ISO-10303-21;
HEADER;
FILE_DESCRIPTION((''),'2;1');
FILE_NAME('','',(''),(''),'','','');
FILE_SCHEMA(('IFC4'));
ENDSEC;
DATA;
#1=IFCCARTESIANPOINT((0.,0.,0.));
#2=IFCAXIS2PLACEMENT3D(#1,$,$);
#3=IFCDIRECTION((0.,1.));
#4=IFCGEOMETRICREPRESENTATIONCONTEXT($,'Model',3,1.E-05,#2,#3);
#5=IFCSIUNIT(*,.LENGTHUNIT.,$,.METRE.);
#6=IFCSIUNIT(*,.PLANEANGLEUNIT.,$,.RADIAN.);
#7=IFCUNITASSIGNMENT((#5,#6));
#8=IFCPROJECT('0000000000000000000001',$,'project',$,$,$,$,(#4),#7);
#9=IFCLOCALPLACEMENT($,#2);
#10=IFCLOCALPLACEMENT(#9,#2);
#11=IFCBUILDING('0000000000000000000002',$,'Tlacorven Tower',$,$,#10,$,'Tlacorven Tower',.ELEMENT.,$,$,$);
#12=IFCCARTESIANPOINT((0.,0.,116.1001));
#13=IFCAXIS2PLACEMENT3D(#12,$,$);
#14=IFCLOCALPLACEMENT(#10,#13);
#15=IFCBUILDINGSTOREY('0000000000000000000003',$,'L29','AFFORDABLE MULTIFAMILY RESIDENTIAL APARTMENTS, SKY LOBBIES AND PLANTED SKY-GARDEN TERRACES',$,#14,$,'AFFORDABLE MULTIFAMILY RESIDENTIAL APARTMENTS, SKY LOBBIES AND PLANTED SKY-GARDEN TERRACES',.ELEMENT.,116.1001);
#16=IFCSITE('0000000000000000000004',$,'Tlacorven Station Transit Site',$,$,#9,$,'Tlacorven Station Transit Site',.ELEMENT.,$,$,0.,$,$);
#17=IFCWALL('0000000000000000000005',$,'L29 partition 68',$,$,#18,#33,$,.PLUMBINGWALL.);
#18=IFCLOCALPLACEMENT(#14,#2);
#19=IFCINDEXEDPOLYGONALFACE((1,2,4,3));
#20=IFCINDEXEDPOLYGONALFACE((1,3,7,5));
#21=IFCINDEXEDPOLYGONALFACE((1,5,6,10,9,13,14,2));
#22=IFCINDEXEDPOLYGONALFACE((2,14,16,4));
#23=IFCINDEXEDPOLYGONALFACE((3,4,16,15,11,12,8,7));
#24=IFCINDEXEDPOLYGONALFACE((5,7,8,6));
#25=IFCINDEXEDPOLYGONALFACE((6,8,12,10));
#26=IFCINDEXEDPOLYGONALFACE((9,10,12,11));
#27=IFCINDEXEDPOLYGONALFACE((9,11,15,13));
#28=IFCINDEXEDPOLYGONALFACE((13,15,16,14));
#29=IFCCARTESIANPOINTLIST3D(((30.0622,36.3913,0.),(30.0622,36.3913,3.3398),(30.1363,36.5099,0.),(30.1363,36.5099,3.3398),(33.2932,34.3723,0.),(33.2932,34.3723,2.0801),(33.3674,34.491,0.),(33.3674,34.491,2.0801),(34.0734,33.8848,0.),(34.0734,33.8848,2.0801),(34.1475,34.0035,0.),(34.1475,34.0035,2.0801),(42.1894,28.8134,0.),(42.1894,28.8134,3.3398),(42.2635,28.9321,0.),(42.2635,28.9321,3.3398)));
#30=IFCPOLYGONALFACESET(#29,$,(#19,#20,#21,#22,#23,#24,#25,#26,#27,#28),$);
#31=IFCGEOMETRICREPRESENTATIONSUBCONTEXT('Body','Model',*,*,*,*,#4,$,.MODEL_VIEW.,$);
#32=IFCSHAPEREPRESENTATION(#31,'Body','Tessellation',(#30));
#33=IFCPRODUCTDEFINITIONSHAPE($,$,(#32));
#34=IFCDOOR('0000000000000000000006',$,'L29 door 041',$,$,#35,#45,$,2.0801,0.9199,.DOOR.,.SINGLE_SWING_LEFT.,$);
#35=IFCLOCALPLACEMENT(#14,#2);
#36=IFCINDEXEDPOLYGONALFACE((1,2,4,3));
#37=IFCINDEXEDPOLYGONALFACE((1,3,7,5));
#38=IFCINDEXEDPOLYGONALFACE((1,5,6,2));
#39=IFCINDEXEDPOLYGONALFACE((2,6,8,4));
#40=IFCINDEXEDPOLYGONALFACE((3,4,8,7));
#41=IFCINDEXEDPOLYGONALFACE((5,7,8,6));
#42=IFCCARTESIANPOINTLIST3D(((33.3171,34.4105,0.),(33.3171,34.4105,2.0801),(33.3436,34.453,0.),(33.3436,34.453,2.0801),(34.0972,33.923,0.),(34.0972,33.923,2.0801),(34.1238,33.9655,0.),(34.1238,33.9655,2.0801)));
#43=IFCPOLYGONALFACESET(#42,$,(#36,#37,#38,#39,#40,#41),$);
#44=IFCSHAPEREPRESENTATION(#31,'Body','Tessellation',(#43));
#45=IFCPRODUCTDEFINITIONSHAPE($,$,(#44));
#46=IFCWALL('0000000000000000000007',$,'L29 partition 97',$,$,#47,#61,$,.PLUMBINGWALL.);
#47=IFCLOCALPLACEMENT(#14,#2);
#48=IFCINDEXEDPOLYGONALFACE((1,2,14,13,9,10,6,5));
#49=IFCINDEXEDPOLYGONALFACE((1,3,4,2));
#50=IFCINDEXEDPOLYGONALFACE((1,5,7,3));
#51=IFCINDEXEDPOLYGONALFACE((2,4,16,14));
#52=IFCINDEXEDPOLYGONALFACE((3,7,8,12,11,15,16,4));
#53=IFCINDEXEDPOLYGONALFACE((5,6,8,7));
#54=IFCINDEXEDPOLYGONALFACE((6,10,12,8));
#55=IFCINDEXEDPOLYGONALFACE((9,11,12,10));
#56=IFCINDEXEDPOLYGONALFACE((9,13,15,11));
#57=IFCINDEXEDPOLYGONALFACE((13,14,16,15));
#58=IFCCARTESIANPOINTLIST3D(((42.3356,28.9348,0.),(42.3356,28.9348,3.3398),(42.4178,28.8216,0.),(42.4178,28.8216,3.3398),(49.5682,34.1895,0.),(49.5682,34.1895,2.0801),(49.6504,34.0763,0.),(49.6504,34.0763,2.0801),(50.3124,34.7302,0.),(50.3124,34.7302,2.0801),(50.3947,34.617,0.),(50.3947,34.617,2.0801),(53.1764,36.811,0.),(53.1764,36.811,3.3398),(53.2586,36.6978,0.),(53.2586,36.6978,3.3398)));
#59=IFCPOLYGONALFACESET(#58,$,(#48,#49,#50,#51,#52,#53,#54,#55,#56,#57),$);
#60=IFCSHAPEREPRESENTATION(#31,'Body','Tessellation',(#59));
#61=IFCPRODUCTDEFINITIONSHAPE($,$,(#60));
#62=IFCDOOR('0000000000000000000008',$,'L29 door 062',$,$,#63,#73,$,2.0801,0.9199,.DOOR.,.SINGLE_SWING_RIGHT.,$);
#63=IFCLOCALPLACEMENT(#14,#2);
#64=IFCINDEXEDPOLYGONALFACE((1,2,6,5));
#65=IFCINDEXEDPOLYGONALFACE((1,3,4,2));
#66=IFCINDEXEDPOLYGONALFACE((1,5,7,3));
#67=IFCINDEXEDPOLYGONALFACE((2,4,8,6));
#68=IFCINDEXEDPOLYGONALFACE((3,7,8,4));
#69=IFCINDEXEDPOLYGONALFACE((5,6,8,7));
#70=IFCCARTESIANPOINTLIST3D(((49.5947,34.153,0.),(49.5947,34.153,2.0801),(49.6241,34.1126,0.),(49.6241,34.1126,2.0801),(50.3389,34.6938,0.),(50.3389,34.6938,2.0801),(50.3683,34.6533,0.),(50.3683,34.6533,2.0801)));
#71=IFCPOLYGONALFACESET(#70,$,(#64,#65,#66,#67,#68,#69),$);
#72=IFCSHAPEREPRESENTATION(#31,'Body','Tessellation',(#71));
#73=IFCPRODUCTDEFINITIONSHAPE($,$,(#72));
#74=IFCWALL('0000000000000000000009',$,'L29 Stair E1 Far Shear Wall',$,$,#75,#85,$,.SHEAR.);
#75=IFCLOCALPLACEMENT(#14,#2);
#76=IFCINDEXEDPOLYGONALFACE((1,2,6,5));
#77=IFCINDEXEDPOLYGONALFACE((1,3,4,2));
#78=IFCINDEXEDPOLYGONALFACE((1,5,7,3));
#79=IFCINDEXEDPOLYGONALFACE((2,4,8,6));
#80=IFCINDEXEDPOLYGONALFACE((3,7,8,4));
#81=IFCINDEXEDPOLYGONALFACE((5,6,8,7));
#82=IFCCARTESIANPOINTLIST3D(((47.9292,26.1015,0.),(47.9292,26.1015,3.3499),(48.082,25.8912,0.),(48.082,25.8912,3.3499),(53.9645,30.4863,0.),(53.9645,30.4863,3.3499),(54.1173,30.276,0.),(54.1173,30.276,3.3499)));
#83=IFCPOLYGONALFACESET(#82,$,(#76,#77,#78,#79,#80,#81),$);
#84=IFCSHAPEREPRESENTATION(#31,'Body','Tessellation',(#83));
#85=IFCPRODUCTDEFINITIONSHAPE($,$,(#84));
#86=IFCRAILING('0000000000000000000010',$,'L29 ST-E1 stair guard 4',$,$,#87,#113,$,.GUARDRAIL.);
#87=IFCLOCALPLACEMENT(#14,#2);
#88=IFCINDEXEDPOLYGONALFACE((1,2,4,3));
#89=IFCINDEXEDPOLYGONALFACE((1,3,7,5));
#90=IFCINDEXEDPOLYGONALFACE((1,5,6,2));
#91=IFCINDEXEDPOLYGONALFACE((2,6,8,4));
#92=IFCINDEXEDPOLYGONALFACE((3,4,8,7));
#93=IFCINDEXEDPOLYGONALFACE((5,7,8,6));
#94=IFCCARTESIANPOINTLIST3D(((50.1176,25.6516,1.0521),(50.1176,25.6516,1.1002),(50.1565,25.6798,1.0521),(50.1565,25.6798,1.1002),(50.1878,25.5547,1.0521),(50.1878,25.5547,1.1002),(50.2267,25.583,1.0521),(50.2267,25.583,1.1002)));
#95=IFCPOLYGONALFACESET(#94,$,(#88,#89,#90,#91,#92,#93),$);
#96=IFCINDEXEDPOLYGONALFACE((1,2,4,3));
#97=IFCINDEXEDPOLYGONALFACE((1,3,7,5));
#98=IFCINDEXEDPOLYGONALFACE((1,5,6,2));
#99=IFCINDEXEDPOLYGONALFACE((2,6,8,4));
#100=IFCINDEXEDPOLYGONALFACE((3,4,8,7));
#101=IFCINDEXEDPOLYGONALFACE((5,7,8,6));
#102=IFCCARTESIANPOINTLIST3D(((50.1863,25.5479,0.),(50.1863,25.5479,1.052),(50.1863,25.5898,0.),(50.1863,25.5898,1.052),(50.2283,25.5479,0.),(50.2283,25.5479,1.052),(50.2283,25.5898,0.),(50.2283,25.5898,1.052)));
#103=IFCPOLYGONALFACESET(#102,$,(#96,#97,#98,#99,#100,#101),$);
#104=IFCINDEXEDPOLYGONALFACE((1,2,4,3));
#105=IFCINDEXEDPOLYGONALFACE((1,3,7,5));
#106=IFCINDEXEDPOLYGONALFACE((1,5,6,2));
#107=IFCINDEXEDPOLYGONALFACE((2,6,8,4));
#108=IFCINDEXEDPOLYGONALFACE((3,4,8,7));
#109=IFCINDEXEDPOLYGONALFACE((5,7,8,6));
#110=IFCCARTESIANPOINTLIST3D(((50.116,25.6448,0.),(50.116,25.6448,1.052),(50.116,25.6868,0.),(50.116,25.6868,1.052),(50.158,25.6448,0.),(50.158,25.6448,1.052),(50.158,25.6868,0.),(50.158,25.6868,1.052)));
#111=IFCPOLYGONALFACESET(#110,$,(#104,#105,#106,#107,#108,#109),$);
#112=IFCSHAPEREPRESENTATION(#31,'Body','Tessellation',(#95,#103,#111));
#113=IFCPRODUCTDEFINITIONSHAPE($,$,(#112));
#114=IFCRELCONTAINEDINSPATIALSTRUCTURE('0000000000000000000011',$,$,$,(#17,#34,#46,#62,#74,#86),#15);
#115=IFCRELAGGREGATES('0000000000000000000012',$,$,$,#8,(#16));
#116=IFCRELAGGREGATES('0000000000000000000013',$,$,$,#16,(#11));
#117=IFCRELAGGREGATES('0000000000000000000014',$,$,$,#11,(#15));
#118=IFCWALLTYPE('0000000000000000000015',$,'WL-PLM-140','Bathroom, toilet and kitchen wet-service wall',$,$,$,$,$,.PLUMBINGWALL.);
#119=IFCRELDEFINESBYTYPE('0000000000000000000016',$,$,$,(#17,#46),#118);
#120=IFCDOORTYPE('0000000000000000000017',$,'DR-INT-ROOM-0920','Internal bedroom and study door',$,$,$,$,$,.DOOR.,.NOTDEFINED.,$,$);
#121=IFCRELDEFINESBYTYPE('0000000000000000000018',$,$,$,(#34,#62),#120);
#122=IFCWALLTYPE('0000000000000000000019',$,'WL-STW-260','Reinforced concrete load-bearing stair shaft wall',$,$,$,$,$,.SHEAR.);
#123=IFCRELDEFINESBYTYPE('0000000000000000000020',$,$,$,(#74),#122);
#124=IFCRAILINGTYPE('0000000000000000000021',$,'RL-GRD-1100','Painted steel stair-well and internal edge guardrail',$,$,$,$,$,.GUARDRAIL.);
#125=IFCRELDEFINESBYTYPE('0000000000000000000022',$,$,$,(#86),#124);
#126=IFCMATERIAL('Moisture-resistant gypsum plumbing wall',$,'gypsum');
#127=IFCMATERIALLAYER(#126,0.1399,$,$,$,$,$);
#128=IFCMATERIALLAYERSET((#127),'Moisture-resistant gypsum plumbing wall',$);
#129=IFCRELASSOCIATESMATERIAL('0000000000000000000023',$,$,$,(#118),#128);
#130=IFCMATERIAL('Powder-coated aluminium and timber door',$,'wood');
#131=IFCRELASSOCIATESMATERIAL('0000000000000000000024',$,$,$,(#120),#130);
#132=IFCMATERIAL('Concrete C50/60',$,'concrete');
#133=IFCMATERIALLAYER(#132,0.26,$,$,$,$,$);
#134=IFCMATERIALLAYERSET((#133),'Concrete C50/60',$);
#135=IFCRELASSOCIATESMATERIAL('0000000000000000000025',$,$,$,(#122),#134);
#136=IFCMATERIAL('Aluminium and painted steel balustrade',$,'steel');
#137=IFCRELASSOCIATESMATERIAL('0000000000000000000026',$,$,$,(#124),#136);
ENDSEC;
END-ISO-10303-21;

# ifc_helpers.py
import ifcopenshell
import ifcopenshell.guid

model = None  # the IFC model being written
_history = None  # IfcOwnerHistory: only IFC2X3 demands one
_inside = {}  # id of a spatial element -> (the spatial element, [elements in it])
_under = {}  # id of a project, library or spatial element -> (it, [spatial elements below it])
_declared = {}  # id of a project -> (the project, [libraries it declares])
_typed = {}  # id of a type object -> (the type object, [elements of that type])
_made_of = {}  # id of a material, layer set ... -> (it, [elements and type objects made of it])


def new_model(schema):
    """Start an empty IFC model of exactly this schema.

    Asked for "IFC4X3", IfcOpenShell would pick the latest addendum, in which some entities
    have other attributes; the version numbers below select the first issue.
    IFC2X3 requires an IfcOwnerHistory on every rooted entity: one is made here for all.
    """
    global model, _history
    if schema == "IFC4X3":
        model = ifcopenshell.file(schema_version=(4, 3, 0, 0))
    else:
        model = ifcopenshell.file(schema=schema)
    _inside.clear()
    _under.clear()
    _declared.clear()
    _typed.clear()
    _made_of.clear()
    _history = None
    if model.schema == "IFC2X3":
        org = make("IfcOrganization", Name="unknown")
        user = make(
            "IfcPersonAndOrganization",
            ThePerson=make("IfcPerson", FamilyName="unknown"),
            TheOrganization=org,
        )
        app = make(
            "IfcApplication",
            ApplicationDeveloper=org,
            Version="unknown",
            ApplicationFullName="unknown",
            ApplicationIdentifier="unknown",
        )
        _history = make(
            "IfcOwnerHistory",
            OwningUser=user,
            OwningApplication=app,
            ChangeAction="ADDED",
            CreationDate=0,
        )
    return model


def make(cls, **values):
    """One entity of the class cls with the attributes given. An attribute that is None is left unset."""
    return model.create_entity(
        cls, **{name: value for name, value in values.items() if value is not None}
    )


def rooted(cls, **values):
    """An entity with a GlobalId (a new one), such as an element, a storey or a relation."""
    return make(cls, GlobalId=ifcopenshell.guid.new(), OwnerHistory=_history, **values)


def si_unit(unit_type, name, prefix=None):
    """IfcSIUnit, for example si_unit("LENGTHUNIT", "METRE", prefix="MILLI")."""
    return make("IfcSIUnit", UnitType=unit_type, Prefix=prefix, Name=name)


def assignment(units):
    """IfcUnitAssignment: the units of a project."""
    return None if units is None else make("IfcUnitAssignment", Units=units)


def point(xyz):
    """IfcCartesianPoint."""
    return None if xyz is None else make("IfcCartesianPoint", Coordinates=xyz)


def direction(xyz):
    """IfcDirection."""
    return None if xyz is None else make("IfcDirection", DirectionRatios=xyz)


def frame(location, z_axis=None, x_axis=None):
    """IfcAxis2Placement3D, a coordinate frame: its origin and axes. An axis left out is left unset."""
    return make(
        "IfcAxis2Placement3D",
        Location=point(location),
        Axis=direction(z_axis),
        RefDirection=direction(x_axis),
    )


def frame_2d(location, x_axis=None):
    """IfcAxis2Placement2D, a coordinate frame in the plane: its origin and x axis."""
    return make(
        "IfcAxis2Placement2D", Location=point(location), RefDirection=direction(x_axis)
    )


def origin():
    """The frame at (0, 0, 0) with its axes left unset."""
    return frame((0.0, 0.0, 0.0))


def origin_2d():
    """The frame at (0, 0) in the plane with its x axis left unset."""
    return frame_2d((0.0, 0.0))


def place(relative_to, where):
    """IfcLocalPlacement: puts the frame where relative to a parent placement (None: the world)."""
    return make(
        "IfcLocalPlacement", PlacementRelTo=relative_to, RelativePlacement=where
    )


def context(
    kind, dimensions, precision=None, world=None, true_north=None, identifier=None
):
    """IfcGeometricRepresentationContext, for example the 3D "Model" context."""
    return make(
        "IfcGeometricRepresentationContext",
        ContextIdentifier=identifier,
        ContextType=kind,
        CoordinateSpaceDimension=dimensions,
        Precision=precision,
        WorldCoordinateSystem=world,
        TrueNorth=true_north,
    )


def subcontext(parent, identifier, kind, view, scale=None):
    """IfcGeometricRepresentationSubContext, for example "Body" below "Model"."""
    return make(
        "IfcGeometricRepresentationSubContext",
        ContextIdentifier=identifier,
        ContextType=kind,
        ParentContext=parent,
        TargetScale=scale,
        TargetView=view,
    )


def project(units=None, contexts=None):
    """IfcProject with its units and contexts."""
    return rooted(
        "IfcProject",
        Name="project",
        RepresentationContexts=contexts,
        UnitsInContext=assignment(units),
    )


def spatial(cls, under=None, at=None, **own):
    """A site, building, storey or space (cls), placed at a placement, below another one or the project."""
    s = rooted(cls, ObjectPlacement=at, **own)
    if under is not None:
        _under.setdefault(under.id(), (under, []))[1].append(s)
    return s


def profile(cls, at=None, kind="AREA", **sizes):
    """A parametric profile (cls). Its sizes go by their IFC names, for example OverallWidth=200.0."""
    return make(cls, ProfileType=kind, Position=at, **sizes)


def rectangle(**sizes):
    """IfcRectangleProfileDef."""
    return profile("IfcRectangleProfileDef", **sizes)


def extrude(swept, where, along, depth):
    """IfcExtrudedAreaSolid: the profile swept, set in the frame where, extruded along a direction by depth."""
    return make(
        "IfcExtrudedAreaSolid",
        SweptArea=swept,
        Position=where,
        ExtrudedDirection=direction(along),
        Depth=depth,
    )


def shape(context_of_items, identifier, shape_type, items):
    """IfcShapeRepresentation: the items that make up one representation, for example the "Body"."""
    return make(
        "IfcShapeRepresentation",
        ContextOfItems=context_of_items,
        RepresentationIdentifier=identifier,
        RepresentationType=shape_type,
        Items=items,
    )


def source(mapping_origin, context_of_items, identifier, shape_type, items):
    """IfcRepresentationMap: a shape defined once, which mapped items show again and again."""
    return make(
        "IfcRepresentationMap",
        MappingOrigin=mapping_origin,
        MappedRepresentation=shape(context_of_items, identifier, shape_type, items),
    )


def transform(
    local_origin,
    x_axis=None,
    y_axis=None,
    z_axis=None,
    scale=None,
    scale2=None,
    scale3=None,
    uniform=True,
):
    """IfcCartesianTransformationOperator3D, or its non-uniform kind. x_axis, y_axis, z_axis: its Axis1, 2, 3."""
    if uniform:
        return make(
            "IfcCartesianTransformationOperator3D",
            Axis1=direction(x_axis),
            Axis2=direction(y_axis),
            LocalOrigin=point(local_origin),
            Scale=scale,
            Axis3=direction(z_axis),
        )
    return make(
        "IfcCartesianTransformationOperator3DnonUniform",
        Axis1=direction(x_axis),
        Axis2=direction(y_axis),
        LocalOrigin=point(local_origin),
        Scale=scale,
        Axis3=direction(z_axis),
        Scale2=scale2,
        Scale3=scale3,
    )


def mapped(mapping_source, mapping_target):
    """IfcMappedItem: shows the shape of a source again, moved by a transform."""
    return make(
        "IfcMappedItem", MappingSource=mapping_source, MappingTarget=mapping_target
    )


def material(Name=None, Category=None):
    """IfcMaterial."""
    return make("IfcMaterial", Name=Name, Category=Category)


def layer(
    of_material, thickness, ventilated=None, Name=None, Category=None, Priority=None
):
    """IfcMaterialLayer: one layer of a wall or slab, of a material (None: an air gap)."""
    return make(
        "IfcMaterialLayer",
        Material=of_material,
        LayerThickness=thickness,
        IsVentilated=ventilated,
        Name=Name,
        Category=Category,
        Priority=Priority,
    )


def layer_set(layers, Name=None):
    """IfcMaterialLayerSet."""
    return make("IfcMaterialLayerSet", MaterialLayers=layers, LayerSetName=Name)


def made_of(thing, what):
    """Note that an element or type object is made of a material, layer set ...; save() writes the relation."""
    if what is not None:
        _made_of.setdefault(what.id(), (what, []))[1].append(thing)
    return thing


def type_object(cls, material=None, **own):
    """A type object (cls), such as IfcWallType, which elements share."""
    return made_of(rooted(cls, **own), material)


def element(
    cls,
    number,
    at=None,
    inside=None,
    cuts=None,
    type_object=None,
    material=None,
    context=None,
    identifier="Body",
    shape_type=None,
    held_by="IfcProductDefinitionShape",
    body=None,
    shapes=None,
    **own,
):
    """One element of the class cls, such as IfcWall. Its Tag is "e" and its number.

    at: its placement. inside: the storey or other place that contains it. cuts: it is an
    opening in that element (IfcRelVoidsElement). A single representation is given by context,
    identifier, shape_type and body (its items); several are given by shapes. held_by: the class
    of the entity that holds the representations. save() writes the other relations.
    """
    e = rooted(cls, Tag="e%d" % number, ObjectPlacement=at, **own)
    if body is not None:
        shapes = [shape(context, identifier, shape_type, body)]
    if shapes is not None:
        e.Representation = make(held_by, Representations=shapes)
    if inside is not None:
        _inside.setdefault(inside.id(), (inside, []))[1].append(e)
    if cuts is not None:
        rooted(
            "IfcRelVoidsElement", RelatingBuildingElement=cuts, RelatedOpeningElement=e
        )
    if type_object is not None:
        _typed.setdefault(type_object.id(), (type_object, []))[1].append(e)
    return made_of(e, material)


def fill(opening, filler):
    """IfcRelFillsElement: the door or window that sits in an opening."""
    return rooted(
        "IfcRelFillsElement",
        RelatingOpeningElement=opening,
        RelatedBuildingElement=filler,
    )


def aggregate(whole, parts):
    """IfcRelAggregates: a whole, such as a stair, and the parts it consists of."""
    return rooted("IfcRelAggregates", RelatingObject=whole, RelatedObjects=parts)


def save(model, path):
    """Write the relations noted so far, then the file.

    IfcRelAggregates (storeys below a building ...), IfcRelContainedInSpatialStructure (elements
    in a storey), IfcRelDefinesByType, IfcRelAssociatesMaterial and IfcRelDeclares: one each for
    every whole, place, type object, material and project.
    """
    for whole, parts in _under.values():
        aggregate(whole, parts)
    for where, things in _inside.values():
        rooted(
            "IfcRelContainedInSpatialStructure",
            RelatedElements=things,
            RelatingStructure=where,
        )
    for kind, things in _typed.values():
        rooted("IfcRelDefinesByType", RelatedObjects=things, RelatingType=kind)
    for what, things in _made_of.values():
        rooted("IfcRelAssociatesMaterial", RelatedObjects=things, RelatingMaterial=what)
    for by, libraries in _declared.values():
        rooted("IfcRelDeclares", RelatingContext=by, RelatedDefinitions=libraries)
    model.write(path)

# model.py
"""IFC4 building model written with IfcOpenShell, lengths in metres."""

from ifc_helpers import new_model, si_unit, direction, frame, frame_2d, origin, origin_2d, place, context, subcontext, project, spatial, rectangle, extrude, source, transform, mapped, material, layer, layer_set, type_object, element, fill, save


model = new_model("IFC4")

# Units and contexts
model_context = context("Model", 3, precision=1e-05, world=origin(), true_north=direction((0.0, 1.0)))
body_context = subcontext(model_context, "Body", "Model", "MODEL_VIEW")
ifc_project = project(units=[si_unit("LENGTHUNIT", "METRE"), si_unit("PLANEANGLEUNIT", "RADIAN")], contexts=[model_context])

# Site, building, storey
site_placement = place(None, origin())
site = spatial("IfcSite", under=ifc_project, at=site_placement, Name="Tlacorven Station Transit Site", LongName="Tlacorven Station Transit Site", CompositionType="ELEMENT", RefElevation=0.0)
building_placement = place(site_placement, origin())
building = spatial("IfcBuilding", under=site, at=building_placement, Name="Tlacorven Tower", LongName="Tlacorven Tower", CompositionType="ELEMENT")
storey_placement = place(building_placement, frame((0.0, 0.0, 116.1001)))
storey = spatial("IfcBuildingStorey", under=building, at=storey_placement, Name="L29", Description="AFFORDABLE MULTIFAMILY RESIDENTIAL APARTMENTS, SKY LOBBIES AND PLANTED SKY-GARDEN TERRACES", LongName="AFFORDABLE MULTIFAMILY RESIDENTIAL APARTMENTS, SKY LOBBIES AND PLANTED SKY-GARDEN TERRACES", CompositionType="ELEMENT", Elevation=116.1001)

# Walls, openings, doors
ifc_material_1 = material(Name="Moisture-resistant gypsum plumbing wall", Category="gypsum")
ifc_layer_1 = layer(ifc_material_1, 0.1399)
ifc_layer_set_1 = layer_set([ifc_layer_1], Name="Moisture-resistant gypsum plumbing wall")
wall_type_1 = type_object("IfcWallType", Name="WL-PLM-140", Description="Bathroom, toilet and kitchen wet-service wall", PredefinedType="PLUMBINGWALL", material=ifc_layer_set_1)
wall_1_placement = place(storey_placement, frame((42.2263, 28.8728, 0.0), z_axis=(0.0, 0.0, 1.0), x_axis=(-0.848049, 0.529918, 0.0)))
wall_1 = element("IfcWall", 1, at=wall_1_placement, inside=storey, type_object=wall_type_1, Name="L29 partition 68", PredefinedType="PLUMBINGWALL", context=body_context, shape_type="SweptSolid", body=[
    extrude(rectangle(XDim=14.3, YDim=0.1399, at=frame_2d((7.1499, 0.0))), origin(), (0.0, 0.0, 1.0), 3.3398),
])
opening_1_placement = place(wall_1_placement, frame((9.5701, 0.0, 0.0)))
opening_1 = element("IfcOpeningElement", 2, at=opening_1_placement, cuts=wall_1, PredefinedType="OPENING", context=body_context, shape_type="SweptSolid", body=[
    extrude(rectangle(XDim=0.9199, YDim=2.0801, at=frame_2d((0.46, 1.04))), frame((0.0, 0.0801, 0.0), z_axis=(0.0, -1.0, 0.0), x_axis=(1.0, 0.0, 0.0)), (0.0, 0.0, 1.0), 0.1599),
])
ifc_material_2 = material(Name="Powder-coated aluminium and timber door", Category="wood")
door_type_1 = type_object("IfcDoorType", Name="DR-INT-ROOM-0920", Description="Internal bedroom and study door", OperationType="NOTDEFINED", PredefinedType="DOOR", material=ifc_material_2)
shared_shape_1 = source(origin(), body_context, "Body", "SweptSolid", [
    extrude(rectangle(XDim=0.9199, YDim=2.0801, at=frame_2d((0.46, 1.04))), frame((0.0, 0.0249, 0.0), z_axis=(0.0, -1.0, 0.0), x_axis=(1.0, 0.0, 0.0)), (0.0, 0.0, 1.0), 0.05),
])
door_1_placement = place(opening_1_placement, origin())
door_1 = element("IfcDoor", 3, at=door_1_placement, inside=storey, type_object=door_type_1, Name="L29 door 041", OperationType="SINGLE_SWING_LEFT", OverallHeight=2.0801, OverallWidth=0.9199, PredefinedType="DOOR", context=body_context, shape_type="MappedRepresentation", body=[
    mapped(shared_shape_1, transform((0.0, 0.0, 0.0), scale=1.0)),
])
fill(opening_1, door_1)
wall_2_placement = place(storey_placement, frame((42.3767, 28.8782, 0.0), z_axis=(0.0, 0.0, 1.0), x_axis=(0.80902, 0.587781, 0.0)))
wall_2 = element("IfcWall", 4, at=wall_2_placement, inside=storey, type_object=wall_type_1, Name="L29 partition 97", PredefinedType="PLUMBINGWALL", context=body_context, shape_type="SweptSolid", body=[
    extrude(rectangle(XDim=13.3999, YDim=0.1399, at=frame_2d((6.7, 0.0))), origin(), (0.0, 0.0, 1.0), 3.3398),
])
opening_2_placement = place(wall_2_placement, frame((8.9399, 0.0, 0.0)))
opening_2 = element("IfcOpeningElement", 5, at=opening_2_placement, cuts=wall_2, PredefinedType="OPENING", context=body_context, shape_type="SweptSolid", body=[
    extrude(rectangle(XDim=0.9199, YDim=2.0801, at=frame_2d((0.46, 1.04))), frame((0.0, 0.0801, 0.0), z_axis=(0.0, -1.0, 0.0), x_axis=(1.0, 0.0, 0.0)), (0.0, 0.0, 1.0), 0.1599),
])
door_2_placement = place(opening_2_placement, origin())
door_2 = element("IfcDoor", 6, at=door_2_placement, inside=storey, type_object=door_type_1, Name="L29 door 062", OperationType="SINGLE_SWING_RIGHT", OverallHeight=2.0801, OverallWidth=0.9199, PredefinedType="DOOR", context=body_context, shape_type="MappedRepresentation", body=[
    mapped(shared_shape_1, transform((0.0, 0.0, 0.0), scale=1.0)),
])
fill(opening_2, door_2)

# Wall
ifc_material_3 = material(Name="Concrete C50/60", Category="concrete")
ifc_layer_2 = layer(ifc_material_3, 0.26)
ifc_layer_set_2 = layer_set([ifc_layer_2], Name="Concrete C50/60")
wall_type_2 = type_object("IfcWallType", Name="WL-STW-260", Description="Reinforced concrete load-bearing stair shaft wall", PredefinedType="SHEAR", material=ifc_layer_set_2)
wall_3_placement = place(storey_placement, frame((48.0056, 25.9963, 0.0), z_axis=(0.0, 0.0, 1.0), x_axis=(0.809019, 0.587782, 0.0)))
element("IfcWall", 7, at=wall_3_placement, inside=storey, type_object=wall_type_2, Name="L29 Stair E1 Far Shear Wall", PredefinedType="SHEAR", context=body_context, shape_type="SweptSolid", body=[
    extrude(rectangle(XDim=7.46, YDim=0.26, at=frame_2d((3.73, 0.0))), origin(), (0.0, 0.0, 1.0), 3.3499),
])

# Railing
ifc_material_4 = material(Name="Aluminium and painted steel balustrade", Category="steel")
railing_type = type_object("IfcRailingType", Name="RL-GRD-1100", Description="Painted steel stair-well and internal edge guardrail", PredefinedType="GUARDRAIL", material=ifc_material_4)
shared_shape_2 = source(origin(), body_context, "Body", "SweptSolid", [
    extrude(rectangle(XDim=0.0481, YDim=0.0481, at=origin_2d()), frame((0.0, 0.0, 1.0762), z_axis=(-0.587201, 0.809441, 0.0), x_axis=(-0.809441, -0.587201, 0.0)), (0.0, 0.0, 1.0), 0.1196),
    extrude(rectangle(XDim=0.042, YDim=0.042, at=origin_2d()), origin(), (0.0, 0.0, 1.0), 1.052),
    extrude(rectangle(XDim=0.042, YDim=0.042, at=origin_2d()), frame((-0.0703, 0.0969, 0.0)), (0.0, 0.0, 1.0), 1.052),
])
railing_placement = place(storey_placement, frame((50.2073, 25.5688, 0.0)))
element("IfcRailing", 8, at=railing_placement, inside=storey, type_object=railing_type, Name="L29 ST-E1 stair guard 4", PredefinedType="GUARDRAIL", context=body_context, shape_type="MappedRepresentation", body=[
    mapped(shared_shape_2, transform((0.0, 0.0, 0.0), scale=1.0)),
])

save(model, "model.ifc")
